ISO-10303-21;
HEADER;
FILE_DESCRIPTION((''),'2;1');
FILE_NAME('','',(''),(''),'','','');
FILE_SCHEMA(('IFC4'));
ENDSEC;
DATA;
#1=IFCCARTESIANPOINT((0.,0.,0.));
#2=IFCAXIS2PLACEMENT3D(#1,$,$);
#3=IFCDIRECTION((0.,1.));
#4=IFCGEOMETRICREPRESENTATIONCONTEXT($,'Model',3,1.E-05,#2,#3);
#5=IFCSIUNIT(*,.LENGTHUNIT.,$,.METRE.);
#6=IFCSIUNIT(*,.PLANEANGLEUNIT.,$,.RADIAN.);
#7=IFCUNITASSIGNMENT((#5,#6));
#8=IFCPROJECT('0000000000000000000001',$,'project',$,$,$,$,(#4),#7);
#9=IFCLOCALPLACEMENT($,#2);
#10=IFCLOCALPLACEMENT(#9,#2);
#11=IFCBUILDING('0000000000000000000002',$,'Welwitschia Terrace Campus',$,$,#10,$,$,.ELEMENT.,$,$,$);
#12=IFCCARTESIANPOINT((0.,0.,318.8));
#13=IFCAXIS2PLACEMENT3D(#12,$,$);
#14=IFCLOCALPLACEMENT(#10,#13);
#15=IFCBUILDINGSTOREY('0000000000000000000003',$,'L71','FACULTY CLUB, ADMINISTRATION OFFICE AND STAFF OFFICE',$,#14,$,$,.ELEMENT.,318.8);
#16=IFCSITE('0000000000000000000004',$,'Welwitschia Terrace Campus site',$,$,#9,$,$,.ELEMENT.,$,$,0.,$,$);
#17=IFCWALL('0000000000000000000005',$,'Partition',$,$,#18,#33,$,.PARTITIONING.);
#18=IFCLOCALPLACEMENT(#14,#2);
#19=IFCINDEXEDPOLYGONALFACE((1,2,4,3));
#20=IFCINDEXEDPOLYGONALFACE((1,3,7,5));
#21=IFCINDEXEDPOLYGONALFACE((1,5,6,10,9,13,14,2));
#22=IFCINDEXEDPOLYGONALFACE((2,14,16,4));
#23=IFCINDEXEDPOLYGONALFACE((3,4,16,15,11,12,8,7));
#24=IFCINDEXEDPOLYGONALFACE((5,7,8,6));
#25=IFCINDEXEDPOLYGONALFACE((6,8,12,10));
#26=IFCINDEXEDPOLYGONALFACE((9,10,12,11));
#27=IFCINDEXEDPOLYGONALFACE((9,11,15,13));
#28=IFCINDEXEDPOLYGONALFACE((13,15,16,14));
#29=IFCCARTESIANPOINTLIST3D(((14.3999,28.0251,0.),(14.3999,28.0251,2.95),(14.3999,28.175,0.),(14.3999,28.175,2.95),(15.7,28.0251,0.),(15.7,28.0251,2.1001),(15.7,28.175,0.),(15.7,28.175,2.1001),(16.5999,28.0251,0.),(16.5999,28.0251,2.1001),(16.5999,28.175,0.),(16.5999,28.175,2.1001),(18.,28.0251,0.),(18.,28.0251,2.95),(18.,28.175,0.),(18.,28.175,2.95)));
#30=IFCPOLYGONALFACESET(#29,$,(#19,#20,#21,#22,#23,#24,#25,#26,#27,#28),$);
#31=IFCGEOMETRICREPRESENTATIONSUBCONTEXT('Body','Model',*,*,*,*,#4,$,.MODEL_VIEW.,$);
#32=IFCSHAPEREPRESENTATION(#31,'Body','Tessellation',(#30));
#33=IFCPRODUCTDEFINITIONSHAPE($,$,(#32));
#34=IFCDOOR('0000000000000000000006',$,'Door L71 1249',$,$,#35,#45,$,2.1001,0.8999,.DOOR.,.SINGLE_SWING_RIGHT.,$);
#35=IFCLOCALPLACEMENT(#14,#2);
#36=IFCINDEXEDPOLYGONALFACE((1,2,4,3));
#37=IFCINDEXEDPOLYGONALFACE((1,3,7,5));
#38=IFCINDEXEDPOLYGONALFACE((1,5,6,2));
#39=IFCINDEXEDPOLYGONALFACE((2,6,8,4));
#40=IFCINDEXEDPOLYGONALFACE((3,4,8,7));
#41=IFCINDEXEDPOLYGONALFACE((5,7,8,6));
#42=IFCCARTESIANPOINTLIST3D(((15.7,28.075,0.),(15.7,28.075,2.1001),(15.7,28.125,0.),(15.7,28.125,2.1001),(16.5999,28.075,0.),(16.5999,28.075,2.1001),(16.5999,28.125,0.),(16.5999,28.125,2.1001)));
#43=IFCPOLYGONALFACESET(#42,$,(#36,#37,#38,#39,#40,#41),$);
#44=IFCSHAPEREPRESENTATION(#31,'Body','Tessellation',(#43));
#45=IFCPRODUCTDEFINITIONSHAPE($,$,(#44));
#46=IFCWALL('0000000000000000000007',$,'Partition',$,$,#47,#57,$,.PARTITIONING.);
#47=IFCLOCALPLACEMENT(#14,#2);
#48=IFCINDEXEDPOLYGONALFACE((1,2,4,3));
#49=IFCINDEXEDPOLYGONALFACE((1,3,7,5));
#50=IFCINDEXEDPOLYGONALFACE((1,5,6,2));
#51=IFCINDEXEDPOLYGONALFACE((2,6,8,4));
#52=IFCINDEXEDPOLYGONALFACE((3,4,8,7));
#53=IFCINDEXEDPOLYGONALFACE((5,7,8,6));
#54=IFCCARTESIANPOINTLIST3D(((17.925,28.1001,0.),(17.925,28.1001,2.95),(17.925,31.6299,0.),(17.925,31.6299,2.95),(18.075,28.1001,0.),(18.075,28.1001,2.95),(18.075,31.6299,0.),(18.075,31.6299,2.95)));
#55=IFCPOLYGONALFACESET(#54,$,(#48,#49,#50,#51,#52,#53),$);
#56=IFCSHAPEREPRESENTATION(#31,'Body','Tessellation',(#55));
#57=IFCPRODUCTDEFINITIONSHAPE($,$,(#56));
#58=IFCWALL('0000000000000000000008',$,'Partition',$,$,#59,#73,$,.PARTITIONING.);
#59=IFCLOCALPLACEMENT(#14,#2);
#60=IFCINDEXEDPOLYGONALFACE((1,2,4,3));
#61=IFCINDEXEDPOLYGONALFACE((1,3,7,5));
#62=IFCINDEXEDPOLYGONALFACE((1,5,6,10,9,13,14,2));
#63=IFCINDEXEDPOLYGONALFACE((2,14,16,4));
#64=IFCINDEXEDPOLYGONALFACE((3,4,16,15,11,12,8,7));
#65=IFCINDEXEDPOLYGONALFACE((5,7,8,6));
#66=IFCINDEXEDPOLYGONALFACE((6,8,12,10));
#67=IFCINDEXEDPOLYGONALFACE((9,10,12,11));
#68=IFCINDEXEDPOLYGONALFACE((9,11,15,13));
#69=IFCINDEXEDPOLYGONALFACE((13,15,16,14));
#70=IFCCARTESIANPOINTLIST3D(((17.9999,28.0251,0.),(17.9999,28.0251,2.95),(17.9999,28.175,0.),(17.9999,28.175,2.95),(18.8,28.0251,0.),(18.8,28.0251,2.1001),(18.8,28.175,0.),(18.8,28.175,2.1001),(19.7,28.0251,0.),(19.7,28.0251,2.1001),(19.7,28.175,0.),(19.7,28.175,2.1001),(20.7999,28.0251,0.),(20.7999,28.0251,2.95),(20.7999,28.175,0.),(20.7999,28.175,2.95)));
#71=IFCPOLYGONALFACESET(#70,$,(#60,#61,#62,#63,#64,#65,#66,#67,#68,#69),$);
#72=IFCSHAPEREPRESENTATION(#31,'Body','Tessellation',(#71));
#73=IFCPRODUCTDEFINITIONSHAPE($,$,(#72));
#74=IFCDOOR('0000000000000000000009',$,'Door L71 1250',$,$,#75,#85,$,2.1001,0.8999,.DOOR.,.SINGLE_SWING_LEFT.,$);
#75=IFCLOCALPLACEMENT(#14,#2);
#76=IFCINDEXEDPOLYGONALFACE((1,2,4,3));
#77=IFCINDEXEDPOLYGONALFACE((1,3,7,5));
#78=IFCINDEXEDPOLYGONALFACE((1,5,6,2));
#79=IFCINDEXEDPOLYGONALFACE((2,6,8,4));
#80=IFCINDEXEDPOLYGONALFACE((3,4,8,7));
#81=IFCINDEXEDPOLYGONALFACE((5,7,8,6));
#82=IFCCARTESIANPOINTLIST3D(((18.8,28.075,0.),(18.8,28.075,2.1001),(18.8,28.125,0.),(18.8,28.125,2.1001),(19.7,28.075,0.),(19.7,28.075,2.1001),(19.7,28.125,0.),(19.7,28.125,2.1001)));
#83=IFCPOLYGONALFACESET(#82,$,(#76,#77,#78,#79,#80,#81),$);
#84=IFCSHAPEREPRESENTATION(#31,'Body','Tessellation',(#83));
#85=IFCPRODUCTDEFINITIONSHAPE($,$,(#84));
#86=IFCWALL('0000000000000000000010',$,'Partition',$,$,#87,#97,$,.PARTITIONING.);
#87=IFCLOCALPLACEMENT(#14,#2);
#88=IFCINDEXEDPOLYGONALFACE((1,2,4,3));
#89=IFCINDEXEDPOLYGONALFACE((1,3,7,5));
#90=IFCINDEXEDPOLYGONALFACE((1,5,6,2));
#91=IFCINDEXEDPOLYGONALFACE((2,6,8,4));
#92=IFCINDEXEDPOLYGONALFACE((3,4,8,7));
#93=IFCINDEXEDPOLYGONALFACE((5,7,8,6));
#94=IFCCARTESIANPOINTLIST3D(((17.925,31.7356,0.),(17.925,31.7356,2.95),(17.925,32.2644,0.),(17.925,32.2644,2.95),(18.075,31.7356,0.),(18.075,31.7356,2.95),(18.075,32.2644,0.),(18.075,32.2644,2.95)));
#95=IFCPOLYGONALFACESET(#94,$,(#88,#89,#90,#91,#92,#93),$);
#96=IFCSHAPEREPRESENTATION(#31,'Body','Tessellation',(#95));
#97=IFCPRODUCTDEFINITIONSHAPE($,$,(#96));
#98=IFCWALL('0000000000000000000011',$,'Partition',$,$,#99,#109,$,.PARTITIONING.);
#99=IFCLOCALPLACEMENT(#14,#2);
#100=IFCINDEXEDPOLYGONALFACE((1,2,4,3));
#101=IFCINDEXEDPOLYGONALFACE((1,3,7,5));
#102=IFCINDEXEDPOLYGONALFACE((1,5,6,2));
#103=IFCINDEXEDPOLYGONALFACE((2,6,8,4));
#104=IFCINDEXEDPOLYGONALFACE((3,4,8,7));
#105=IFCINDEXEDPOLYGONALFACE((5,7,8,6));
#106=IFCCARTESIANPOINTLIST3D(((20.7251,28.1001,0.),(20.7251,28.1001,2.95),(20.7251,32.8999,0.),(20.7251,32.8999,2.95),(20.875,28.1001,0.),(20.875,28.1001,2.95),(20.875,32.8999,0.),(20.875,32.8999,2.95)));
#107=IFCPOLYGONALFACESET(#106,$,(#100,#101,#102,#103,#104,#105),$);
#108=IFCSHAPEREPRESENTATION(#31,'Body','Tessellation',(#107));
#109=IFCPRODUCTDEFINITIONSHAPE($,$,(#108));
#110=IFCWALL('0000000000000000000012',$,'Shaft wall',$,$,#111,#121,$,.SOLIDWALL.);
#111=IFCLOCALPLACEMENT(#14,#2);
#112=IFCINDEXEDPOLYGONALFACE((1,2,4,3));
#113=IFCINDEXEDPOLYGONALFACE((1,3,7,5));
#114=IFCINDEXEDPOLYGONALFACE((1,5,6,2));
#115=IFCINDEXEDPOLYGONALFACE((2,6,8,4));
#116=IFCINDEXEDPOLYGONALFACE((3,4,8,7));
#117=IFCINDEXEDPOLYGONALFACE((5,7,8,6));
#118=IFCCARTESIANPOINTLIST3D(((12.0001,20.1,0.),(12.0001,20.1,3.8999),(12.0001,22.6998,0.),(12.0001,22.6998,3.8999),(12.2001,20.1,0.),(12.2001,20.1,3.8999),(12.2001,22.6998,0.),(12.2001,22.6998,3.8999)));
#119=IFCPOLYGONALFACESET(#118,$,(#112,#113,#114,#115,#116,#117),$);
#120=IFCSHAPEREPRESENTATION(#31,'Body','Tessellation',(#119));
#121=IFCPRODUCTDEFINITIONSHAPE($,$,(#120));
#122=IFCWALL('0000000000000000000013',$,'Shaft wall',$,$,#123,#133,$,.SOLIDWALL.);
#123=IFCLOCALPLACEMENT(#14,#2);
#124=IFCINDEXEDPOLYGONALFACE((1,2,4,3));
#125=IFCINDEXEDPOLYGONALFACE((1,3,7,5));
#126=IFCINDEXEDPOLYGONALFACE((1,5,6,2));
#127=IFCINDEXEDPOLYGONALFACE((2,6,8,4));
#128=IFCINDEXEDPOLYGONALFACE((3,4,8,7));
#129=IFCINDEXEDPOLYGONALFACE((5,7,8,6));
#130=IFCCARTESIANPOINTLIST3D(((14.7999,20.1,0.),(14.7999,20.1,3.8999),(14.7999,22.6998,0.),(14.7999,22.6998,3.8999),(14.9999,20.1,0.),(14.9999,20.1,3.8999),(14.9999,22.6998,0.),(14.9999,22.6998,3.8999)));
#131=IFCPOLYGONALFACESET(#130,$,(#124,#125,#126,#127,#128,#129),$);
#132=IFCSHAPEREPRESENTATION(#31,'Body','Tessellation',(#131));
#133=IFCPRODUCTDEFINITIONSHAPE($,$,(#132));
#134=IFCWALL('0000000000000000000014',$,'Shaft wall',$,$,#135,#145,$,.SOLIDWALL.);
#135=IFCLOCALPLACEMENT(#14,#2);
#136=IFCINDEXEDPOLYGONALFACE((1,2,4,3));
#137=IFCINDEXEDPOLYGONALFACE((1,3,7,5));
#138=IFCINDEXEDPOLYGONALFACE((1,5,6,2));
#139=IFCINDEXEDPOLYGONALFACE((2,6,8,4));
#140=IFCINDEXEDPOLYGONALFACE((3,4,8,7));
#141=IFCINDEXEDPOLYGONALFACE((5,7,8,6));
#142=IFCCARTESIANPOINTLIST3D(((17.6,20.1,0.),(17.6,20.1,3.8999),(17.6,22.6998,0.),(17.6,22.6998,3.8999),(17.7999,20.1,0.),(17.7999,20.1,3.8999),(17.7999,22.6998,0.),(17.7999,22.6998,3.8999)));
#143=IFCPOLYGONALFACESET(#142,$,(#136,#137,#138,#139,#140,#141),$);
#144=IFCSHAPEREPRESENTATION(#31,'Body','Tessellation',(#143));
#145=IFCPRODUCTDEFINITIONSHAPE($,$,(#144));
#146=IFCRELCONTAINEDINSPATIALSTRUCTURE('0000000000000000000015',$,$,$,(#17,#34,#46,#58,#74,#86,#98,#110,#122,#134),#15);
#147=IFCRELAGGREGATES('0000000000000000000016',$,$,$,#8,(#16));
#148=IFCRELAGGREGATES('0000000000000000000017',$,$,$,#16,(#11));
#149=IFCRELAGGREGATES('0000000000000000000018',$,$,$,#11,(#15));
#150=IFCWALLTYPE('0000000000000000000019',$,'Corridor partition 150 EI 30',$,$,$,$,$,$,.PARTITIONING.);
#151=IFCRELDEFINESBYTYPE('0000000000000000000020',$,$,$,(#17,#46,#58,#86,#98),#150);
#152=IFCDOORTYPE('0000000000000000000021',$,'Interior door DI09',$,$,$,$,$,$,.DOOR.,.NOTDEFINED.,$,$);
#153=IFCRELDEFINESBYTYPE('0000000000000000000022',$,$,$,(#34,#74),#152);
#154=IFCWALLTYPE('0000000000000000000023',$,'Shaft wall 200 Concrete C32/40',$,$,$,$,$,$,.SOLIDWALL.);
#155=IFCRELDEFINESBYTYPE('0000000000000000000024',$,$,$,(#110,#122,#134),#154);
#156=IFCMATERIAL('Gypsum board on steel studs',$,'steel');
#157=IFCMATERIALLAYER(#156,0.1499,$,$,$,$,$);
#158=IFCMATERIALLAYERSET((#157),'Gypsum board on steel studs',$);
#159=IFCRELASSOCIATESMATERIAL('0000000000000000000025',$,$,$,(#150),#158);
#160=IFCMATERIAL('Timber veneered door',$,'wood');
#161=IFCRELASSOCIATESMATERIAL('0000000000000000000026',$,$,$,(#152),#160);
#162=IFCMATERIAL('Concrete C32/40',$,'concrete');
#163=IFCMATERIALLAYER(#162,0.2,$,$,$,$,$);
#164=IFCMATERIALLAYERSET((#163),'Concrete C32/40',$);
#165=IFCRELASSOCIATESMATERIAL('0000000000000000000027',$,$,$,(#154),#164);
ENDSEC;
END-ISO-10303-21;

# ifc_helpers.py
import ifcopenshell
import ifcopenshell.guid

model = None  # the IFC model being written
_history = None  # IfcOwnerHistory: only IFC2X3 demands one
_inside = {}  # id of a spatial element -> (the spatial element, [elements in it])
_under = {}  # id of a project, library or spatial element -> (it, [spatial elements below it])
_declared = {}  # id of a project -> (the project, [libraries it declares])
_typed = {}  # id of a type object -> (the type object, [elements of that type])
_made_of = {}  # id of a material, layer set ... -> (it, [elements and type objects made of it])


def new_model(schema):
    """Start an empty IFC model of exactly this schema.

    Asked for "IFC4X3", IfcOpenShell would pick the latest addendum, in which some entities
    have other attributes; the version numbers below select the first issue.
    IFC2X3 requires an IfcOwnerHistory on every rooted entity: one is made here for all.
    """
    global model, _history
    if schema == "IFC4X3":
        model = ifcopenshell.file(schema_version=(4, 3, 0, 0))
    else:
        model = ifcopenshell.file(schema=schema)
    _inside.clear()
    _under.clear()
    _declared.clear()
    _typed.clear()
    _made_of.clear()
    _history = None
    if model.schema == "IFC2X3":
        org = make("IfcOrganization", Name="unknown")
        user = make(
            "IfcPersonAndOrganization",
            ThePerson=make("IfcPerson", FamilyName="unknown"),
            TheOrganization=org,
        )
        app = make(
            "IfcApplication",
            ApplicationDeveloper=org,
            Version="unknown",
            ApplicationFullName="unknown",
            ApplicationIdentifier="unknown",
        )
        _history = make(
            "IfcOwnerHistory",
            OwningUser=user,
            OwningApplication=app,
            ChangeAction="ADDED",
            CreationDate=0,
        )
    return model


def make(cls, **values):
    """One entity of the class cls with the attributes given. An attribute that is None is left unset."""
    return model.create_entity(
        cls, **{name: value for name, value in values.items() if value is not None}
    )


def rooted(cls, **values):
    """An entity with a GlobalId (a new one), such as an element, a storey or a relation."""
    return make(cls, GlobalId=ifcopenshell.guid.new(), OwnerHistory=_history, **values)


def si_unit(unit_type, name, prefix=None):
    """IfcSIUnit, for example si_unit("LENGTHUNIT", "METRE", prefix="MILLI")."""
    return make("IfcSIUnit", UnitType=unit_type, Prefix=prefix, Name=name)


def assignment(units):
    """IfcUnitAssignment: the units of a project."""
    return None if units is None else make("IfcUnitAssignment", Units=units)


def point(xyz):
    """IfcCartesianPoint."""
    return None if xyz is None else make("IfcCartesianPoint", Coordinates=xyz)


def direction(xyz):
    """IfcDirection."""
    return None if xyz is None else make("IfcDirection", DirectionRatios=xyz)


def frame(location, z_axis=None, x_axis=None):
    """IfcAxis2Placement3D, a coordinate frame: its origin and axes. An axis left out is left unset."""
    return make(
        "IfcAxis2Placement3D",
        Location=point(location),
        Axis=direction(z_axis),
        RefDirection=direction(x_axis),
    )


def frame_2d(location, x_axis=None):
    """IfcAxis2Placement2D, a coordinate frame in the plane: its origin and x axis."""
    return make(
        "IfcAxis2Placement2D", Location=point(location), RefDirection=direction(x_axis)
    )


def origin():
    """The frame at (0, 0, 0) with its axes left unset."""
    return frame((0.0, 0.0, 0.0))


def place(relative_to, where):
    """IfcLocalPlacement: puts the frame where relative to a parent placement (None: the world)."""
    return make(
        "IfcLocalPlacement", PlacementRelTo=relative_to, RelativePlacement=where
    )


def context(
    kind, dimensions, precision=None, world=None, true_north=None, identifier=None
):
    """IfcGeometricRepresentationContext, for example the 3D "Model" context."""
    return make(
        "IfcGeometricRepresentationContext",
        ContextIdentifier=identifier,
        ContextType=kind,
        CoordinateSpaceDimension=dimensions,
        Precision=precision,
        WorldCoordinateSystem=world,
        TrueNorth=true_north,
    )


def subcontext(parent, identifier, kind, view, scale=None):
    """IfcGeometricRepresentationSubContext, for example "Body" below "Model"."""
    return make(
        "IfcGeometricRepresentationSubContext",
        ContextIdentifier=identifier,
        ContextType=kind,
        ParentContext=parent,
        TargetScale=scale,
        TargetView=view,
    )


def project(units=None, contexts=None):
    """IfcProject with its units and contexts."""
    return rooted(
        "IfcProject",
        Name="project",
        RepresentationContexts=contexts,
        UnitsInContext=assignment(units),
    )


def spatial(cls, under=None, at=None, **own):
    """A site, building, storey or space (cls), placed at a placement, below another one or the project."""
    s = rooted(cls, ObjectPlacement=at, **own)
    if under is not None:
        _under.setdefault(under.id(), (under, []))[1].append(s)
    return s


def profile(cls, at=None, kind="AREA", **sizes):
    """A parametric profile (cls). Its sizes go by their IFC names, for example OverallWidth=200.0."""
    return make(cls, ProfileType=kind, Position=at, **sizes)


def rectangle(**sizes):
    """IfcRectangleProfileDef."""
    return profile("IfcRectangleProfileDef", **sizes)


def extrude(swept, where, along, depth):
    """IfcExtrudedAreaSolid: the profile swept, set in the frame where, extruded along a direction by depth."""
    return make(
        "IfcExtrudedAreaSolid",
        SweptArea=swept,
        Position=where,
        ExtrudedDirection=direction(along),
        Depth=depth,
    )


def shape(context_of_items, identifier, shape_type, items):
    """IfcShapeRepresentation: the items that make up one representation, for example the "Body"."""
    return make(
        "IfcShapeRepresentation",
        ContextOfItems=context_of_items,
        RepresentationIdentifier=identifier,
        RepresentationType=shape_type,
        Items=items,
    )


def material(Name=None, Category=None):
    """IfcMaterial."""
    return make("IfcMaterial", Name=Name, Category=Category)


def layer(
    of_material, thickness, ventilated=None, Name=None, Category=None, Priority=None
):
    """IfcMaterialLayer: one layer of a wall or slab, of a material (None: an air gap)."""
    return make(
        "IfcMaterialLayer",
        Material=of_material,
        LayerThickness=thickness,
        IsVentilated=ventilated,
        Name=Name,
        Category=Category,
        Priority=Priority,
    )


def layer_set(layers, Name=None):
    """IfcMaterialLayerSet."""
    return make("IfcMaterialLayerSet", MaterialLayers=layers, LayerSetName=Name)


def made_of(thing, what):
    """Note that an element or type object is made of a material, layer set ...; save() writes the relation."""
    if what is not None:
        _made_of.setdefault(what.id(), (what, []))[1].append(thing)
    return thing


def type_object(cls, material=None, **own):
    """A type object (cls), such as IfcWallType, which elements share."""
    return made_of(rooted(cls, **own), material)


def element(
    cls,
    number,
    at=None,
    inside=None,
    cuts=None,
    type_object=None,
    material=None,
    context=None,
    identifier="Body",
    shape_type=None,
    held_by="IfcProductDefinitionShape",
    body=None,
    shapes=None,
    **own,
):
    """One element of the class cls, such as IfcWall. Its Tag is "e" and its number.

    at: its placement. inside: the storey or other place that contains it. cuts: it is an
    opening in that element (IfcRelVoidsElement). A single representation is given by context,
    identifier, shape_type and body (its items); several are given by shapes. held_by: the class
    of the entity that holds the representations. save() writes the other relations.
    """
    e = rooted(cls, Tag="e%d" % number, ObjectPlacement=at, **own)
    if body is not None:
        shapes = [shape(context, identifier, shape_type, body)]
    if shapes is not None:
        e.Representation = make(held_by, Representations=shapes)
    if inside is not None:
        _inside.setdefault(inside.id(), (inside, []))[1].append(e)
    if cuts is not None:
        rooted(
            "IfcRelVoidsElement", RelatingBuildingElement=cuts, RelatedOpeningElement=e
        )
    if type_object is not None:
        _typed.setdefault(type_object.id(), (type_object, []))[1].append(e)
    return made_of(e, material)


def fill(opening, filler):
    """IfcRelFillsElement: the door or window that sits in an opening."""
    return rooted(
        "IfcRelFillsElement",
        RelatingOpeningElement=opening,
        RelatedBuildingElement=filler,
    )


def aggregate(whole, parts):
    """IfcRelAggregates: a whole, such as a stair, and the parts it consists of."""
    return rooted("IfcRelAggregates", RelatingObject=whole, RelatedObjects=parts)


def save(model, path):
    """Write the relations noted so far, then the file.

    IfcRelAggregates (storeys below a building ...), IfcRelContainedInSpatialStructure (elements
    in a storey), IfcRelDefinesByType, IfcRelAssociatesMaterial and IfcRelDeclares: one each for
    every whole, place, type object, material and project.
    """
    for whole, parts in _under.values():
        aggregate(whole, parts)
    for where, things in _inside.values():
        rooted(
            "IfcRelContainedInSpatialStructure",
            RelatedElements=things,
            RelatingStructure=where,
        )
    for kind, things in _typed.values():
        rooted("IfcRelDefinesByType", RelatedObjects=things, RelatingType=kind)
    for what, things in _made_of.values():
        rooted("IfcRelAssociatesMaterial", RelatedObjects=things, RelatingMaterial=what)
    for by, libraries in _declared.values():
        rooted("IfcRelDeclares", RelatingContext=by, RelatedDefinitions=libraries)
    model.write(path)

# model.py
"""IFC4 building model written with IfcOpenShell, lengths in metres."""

from ifc_helpers import new_model, si_unit, direction, frame, frame_2d, origin, place, context, subcontext, project, spatial, rectangle, extrude, material, layer, layer_set, type_object, element, fill, save


model = new_model("IFC4")

# Units and contexts
model_context = context("Model", 3, precision=1e-05, world=origin(), true_north=direction((0.0, 1.0)))
body_context = subcontext(model_context, "Body", "Model", "MODEL_VIEW")
ifc_project = project(units=[si_unit("LENGTHUNIT", "METRE"), si_unit("PLANEANGLEUNIT", "RADIAN")], contexts=[model_context])

# Site, building, storey
site_placement = place(None, origin())
site = spatial("IfcSite", under=ifc_project, at=site_placement, Name="Welwitschia Terrace Campus site", CompositionType="ELEMENT", RefElevation=0.0)
building_placement = place(site_placement, origin())
building = spatial("IfcBuilding", under=site, at=building_placement, Name="Welwitschia Terrace Campus", CompositionType="ELEMENT")
storey_placement = place(building_placement, frame((0.0, 0.0, 318.8)))
storey = spatial("IfcBuildingStorey", under=building, at=storey_placement, Name="L71", Description="FACULTY CLUB, ADMINISTRATION OFFICE AND STAFF OFFICE", CompositionType="ELEMENT", Elevation=318.8)

# Shared definitions
ifc_material_1 = material(Name="Gypsum board on steel studs", Category="steel")
ifc_layer_1 = layer(ifc_material_1, 0.1499)
ifc_layer_set_1 = layer_set([ifc_layer_1], Name="Gypsum board on steel studs")
wall_type_1 = type_object("IfcWallType", Name="Corridor partition 150 EI 30", PredefinedType="PARTITIONING", material=ifc_layer_set_1)

# Wall, opening, door
wall_1_placement = place(storey_placement, frame((14.3999, 28.1001, 0.0), z_axis=(0.0, 0.0, 1.0), x_axis=(1.0, 0.0, 0.0)))
wall_1 = element("IfcWall", 1, at=wall_1_placement, inside=storey, type_object=wall_type_1, Name="Partition", PredefinedType="PARTITIONING", context=body_context, shape_type="SweptSolid", body=[
    extrude(rectangle(XDim=3.6001, YDim=0.1499, at=frame_2d((1.8, 0.0))), origin(), (0.0, 0.0, 1.0), 2.95),
])
opening_1_placement = place(wall_1_placement, frame((1.3, 0.0, 0.0)))
opening_1 = element("IfcOpeningElement", 2, at=opening_1_placement, cuts=wall_1, PredefinedType="OPENING", context=body_context, shape_type="SweptSolid", body=[
    extrude(rectangle(XDim=0.8999, YDim=2.1001, at=frame_2d((0.45, 1.05))), frame((0.0, 0.085, 0.0), z_axis=(0.0, -1.0, 0.0), x_axis=(1.0, 0.0, 0.0)), (0.0, 0.0, 1.0), 0.1699),
])
ifc_material_2 = material(Name="Timber veneered door", Category="wood")
door_type = type_object("IfcDoorType", Name="Interior door DI09", OperationType="NOTDEFINED", PredefinedType="DOOR", material=ifc_material_2)
door_1_placement = place(opening_1_placement, origin())
door_1 = element("IfcDoor", 3, at=door_1_placement, inside=storey, type_object=door_type, Name="Door L71 1249", OperationType="SINGLE_SWING_RIGHT", OverallHeight=2.1001, OverallWidth=0.8999, PredefinedType="DOOR", context=body_context, shape_type="SweptSolid", body=[
    extrude(rectangle(XDim=0.8999, YDim=2.1001, at=frame_2d((0.45, 1.05))), frame((0.0, 0.0249, 0.0), z_axis=(0.0, -1.0, 0.0), x_axis=(1.0, 0.0, 0.0)), (0.0, 0.0, 1.0), 0.05),
])
fill(opening_1, door_1)

# Wall
wall_2_placement = place(storey_placement, frame((18.0, 28.1001, 0.0), z_axis=(0.0, 0.0, 1.0), x_axis=(0.0, 1.0, 0.0)))
element("IfcWall", 4, at=wall_2_placement, inside=storey, type_object=wall_type_1, Name="Partition", PredefinedType="PARTITIONING", context=body_context, shape_type="SweptSolid", body=[
    extrude(rectangle(XDim=3.5298, YDim=0.1499, at=frame_2d((1.7649, 0.0))), origin(), (0.0, 0.0, 1.0), 2.95),
])

# Wall, opening, door
wall_3_placement = place(storey_placement, frame((18.0, 28.1001, 0.0), z_axis=(0.0, 0.0, 1.0), x_axis=(1.0, 0.0, 0.0)))
wall_3 = element("IfcWall", 5, at=wall_3_placement, inside=storey, type_object=wall_type_1, Name="Partition", PredefinedType="PARTITIONING", context=body_context, shape_type="SweptSolid", body=[
    extrude(rectangle(XDim=2.8, YDim=0.1499, at=frame_2d((1.3999, 0.0))), origin(), (0.0, 0.0, 1.0), 2.95),
])
opening_2_placement = place(wall_3_placement, frame((0.8, 0.0, 0.0)))
opening_2 = element("IfcOpeningElement", 6, at=opening_2_placement, cuts=wall_3, PredefinedType="OPENING", context=body_context, shape_type="SweptSolid", body=[
    extrude(rectangle(XDim=0.8999, YDim=2.1001, at=frame_2d((0.45, 1.05))), frame((0.0, 0.085, 0.0), z_axis=(0.0, -1.0, 0.0), x_axis=(1.0, 0.0, 0.0)), (0.0, 0.0, 1.0), 0.1699),
])
door_2_placement = place(opening_2_placement, origin())
door_2 = element("IfcDoor", 7, at=door_2_placement, inside=storey, type_object=door_type, Name="Door L71 1250", OperationType="SINGLE_SWING_LEFT", OverallHeight=2.1001, OverallWidth=0.8999, PredefinedType="DOOR", context=body_context, shape_type="SweptSolid", body=[
    extrude(rectangle(XDim=0.8999, YDim=2.1001, at=frame_2d((0.45, 1.05))), frame((0.0, 0.0249, 0.0), z_axis=(0.0, -1.0, 0.0), x_axis=(1.0, 0.0, 0.0)), (0.0, 0.0, 1.0), 0.05),
])
fill(opening_2, door_2)

# Walls
wall_4_placement = place(storey_placement, frame((18.0, 31.7356, 0.0), z_axis=(0.0, 0.0, 1.0), x_axis=(0.0, 1.0, 0.0)))
element("IfcWall", 8, at=wall_4_placement, inside=storey, type_object=wall_type_1, Name="Partition", PredefinedType="PARTITIONING", context=body_context, shape_type="SweptSolid", body=[
    extrude(rectangle(XDim=0.5288, YDim=0.1499, at=frame_2d((0.2644, 0.0))), origin(), (0.0, 0.0, 1.0), 2.95),
])
wall_5_placement = place(storey_placement, frame((20.8, 28.1001, 0.0), z_axis=(0.0, 0.0, 1.0), x_axis=(0.0, 1.0, 0.0)))
element("IfcWall", 9, at=wall_5_placement, inside=storey, type_object=wall_type_1, Name="Partition", PredefinedType="PARTITIONING", context=body_context, shape_type="SweptSolid", body=[
    extrude(rectangle(XDim=4.7998, YDim=0.1499, at=frame_2d((2.3999, 0.0))), origin(), (0.0, 0.0, 1.0), 2.95),
])
ifc_material_3 = material(Name="Concrete C32/40", Category="concrete")
ifc_layer_2 = layer(ifc_material_3, 0.2)
ifc_layer_set_2 = layer_set([ifc_layer_2], Name="Concrete C32/40")
wall_type_2 = type_object("IfcWallType", Name="Shaft wall 200 Concrete C32/40", PredefinedType="SOLIDWALL", material=ifc_layer_set_2)
for number, where, z_axis, x_axis, name in (
    (10, (12.1001, 20.1001, 0.0), (0.0, 0.0, 1.0), (0.0, 1.0, 0.0), "Shaft wall"),
    (11, (14.8999, 20.1001, 0.0), (0.0, 0.0, 1.0), (0.0, 1.0, 0.0), "Shaft wall"),
    (12, (17.7, 20.1001, 0.0), (0.0, 0.0, 1.0), (0.0, 1.0, 0.0), "Shaft wall"),
):
    element("IfcWall", number, at=place(storey_placement, frame(where, z_axis=z_axis, x_axis=x_axis)), inside=storey, type_object=wall_type_2, Name=name, PredefinedType="SOLIDWALL", context=body_context, shape_type="SweptSolid", body=[
        extrude(rectangle(XDim=2.5999, YDim=0.2, at=frame_2d((1.2998, 0.0))), origin(), (0.0, 0.0, 1.0), 3.8999),
    ])

save(model, "model.ifc")
